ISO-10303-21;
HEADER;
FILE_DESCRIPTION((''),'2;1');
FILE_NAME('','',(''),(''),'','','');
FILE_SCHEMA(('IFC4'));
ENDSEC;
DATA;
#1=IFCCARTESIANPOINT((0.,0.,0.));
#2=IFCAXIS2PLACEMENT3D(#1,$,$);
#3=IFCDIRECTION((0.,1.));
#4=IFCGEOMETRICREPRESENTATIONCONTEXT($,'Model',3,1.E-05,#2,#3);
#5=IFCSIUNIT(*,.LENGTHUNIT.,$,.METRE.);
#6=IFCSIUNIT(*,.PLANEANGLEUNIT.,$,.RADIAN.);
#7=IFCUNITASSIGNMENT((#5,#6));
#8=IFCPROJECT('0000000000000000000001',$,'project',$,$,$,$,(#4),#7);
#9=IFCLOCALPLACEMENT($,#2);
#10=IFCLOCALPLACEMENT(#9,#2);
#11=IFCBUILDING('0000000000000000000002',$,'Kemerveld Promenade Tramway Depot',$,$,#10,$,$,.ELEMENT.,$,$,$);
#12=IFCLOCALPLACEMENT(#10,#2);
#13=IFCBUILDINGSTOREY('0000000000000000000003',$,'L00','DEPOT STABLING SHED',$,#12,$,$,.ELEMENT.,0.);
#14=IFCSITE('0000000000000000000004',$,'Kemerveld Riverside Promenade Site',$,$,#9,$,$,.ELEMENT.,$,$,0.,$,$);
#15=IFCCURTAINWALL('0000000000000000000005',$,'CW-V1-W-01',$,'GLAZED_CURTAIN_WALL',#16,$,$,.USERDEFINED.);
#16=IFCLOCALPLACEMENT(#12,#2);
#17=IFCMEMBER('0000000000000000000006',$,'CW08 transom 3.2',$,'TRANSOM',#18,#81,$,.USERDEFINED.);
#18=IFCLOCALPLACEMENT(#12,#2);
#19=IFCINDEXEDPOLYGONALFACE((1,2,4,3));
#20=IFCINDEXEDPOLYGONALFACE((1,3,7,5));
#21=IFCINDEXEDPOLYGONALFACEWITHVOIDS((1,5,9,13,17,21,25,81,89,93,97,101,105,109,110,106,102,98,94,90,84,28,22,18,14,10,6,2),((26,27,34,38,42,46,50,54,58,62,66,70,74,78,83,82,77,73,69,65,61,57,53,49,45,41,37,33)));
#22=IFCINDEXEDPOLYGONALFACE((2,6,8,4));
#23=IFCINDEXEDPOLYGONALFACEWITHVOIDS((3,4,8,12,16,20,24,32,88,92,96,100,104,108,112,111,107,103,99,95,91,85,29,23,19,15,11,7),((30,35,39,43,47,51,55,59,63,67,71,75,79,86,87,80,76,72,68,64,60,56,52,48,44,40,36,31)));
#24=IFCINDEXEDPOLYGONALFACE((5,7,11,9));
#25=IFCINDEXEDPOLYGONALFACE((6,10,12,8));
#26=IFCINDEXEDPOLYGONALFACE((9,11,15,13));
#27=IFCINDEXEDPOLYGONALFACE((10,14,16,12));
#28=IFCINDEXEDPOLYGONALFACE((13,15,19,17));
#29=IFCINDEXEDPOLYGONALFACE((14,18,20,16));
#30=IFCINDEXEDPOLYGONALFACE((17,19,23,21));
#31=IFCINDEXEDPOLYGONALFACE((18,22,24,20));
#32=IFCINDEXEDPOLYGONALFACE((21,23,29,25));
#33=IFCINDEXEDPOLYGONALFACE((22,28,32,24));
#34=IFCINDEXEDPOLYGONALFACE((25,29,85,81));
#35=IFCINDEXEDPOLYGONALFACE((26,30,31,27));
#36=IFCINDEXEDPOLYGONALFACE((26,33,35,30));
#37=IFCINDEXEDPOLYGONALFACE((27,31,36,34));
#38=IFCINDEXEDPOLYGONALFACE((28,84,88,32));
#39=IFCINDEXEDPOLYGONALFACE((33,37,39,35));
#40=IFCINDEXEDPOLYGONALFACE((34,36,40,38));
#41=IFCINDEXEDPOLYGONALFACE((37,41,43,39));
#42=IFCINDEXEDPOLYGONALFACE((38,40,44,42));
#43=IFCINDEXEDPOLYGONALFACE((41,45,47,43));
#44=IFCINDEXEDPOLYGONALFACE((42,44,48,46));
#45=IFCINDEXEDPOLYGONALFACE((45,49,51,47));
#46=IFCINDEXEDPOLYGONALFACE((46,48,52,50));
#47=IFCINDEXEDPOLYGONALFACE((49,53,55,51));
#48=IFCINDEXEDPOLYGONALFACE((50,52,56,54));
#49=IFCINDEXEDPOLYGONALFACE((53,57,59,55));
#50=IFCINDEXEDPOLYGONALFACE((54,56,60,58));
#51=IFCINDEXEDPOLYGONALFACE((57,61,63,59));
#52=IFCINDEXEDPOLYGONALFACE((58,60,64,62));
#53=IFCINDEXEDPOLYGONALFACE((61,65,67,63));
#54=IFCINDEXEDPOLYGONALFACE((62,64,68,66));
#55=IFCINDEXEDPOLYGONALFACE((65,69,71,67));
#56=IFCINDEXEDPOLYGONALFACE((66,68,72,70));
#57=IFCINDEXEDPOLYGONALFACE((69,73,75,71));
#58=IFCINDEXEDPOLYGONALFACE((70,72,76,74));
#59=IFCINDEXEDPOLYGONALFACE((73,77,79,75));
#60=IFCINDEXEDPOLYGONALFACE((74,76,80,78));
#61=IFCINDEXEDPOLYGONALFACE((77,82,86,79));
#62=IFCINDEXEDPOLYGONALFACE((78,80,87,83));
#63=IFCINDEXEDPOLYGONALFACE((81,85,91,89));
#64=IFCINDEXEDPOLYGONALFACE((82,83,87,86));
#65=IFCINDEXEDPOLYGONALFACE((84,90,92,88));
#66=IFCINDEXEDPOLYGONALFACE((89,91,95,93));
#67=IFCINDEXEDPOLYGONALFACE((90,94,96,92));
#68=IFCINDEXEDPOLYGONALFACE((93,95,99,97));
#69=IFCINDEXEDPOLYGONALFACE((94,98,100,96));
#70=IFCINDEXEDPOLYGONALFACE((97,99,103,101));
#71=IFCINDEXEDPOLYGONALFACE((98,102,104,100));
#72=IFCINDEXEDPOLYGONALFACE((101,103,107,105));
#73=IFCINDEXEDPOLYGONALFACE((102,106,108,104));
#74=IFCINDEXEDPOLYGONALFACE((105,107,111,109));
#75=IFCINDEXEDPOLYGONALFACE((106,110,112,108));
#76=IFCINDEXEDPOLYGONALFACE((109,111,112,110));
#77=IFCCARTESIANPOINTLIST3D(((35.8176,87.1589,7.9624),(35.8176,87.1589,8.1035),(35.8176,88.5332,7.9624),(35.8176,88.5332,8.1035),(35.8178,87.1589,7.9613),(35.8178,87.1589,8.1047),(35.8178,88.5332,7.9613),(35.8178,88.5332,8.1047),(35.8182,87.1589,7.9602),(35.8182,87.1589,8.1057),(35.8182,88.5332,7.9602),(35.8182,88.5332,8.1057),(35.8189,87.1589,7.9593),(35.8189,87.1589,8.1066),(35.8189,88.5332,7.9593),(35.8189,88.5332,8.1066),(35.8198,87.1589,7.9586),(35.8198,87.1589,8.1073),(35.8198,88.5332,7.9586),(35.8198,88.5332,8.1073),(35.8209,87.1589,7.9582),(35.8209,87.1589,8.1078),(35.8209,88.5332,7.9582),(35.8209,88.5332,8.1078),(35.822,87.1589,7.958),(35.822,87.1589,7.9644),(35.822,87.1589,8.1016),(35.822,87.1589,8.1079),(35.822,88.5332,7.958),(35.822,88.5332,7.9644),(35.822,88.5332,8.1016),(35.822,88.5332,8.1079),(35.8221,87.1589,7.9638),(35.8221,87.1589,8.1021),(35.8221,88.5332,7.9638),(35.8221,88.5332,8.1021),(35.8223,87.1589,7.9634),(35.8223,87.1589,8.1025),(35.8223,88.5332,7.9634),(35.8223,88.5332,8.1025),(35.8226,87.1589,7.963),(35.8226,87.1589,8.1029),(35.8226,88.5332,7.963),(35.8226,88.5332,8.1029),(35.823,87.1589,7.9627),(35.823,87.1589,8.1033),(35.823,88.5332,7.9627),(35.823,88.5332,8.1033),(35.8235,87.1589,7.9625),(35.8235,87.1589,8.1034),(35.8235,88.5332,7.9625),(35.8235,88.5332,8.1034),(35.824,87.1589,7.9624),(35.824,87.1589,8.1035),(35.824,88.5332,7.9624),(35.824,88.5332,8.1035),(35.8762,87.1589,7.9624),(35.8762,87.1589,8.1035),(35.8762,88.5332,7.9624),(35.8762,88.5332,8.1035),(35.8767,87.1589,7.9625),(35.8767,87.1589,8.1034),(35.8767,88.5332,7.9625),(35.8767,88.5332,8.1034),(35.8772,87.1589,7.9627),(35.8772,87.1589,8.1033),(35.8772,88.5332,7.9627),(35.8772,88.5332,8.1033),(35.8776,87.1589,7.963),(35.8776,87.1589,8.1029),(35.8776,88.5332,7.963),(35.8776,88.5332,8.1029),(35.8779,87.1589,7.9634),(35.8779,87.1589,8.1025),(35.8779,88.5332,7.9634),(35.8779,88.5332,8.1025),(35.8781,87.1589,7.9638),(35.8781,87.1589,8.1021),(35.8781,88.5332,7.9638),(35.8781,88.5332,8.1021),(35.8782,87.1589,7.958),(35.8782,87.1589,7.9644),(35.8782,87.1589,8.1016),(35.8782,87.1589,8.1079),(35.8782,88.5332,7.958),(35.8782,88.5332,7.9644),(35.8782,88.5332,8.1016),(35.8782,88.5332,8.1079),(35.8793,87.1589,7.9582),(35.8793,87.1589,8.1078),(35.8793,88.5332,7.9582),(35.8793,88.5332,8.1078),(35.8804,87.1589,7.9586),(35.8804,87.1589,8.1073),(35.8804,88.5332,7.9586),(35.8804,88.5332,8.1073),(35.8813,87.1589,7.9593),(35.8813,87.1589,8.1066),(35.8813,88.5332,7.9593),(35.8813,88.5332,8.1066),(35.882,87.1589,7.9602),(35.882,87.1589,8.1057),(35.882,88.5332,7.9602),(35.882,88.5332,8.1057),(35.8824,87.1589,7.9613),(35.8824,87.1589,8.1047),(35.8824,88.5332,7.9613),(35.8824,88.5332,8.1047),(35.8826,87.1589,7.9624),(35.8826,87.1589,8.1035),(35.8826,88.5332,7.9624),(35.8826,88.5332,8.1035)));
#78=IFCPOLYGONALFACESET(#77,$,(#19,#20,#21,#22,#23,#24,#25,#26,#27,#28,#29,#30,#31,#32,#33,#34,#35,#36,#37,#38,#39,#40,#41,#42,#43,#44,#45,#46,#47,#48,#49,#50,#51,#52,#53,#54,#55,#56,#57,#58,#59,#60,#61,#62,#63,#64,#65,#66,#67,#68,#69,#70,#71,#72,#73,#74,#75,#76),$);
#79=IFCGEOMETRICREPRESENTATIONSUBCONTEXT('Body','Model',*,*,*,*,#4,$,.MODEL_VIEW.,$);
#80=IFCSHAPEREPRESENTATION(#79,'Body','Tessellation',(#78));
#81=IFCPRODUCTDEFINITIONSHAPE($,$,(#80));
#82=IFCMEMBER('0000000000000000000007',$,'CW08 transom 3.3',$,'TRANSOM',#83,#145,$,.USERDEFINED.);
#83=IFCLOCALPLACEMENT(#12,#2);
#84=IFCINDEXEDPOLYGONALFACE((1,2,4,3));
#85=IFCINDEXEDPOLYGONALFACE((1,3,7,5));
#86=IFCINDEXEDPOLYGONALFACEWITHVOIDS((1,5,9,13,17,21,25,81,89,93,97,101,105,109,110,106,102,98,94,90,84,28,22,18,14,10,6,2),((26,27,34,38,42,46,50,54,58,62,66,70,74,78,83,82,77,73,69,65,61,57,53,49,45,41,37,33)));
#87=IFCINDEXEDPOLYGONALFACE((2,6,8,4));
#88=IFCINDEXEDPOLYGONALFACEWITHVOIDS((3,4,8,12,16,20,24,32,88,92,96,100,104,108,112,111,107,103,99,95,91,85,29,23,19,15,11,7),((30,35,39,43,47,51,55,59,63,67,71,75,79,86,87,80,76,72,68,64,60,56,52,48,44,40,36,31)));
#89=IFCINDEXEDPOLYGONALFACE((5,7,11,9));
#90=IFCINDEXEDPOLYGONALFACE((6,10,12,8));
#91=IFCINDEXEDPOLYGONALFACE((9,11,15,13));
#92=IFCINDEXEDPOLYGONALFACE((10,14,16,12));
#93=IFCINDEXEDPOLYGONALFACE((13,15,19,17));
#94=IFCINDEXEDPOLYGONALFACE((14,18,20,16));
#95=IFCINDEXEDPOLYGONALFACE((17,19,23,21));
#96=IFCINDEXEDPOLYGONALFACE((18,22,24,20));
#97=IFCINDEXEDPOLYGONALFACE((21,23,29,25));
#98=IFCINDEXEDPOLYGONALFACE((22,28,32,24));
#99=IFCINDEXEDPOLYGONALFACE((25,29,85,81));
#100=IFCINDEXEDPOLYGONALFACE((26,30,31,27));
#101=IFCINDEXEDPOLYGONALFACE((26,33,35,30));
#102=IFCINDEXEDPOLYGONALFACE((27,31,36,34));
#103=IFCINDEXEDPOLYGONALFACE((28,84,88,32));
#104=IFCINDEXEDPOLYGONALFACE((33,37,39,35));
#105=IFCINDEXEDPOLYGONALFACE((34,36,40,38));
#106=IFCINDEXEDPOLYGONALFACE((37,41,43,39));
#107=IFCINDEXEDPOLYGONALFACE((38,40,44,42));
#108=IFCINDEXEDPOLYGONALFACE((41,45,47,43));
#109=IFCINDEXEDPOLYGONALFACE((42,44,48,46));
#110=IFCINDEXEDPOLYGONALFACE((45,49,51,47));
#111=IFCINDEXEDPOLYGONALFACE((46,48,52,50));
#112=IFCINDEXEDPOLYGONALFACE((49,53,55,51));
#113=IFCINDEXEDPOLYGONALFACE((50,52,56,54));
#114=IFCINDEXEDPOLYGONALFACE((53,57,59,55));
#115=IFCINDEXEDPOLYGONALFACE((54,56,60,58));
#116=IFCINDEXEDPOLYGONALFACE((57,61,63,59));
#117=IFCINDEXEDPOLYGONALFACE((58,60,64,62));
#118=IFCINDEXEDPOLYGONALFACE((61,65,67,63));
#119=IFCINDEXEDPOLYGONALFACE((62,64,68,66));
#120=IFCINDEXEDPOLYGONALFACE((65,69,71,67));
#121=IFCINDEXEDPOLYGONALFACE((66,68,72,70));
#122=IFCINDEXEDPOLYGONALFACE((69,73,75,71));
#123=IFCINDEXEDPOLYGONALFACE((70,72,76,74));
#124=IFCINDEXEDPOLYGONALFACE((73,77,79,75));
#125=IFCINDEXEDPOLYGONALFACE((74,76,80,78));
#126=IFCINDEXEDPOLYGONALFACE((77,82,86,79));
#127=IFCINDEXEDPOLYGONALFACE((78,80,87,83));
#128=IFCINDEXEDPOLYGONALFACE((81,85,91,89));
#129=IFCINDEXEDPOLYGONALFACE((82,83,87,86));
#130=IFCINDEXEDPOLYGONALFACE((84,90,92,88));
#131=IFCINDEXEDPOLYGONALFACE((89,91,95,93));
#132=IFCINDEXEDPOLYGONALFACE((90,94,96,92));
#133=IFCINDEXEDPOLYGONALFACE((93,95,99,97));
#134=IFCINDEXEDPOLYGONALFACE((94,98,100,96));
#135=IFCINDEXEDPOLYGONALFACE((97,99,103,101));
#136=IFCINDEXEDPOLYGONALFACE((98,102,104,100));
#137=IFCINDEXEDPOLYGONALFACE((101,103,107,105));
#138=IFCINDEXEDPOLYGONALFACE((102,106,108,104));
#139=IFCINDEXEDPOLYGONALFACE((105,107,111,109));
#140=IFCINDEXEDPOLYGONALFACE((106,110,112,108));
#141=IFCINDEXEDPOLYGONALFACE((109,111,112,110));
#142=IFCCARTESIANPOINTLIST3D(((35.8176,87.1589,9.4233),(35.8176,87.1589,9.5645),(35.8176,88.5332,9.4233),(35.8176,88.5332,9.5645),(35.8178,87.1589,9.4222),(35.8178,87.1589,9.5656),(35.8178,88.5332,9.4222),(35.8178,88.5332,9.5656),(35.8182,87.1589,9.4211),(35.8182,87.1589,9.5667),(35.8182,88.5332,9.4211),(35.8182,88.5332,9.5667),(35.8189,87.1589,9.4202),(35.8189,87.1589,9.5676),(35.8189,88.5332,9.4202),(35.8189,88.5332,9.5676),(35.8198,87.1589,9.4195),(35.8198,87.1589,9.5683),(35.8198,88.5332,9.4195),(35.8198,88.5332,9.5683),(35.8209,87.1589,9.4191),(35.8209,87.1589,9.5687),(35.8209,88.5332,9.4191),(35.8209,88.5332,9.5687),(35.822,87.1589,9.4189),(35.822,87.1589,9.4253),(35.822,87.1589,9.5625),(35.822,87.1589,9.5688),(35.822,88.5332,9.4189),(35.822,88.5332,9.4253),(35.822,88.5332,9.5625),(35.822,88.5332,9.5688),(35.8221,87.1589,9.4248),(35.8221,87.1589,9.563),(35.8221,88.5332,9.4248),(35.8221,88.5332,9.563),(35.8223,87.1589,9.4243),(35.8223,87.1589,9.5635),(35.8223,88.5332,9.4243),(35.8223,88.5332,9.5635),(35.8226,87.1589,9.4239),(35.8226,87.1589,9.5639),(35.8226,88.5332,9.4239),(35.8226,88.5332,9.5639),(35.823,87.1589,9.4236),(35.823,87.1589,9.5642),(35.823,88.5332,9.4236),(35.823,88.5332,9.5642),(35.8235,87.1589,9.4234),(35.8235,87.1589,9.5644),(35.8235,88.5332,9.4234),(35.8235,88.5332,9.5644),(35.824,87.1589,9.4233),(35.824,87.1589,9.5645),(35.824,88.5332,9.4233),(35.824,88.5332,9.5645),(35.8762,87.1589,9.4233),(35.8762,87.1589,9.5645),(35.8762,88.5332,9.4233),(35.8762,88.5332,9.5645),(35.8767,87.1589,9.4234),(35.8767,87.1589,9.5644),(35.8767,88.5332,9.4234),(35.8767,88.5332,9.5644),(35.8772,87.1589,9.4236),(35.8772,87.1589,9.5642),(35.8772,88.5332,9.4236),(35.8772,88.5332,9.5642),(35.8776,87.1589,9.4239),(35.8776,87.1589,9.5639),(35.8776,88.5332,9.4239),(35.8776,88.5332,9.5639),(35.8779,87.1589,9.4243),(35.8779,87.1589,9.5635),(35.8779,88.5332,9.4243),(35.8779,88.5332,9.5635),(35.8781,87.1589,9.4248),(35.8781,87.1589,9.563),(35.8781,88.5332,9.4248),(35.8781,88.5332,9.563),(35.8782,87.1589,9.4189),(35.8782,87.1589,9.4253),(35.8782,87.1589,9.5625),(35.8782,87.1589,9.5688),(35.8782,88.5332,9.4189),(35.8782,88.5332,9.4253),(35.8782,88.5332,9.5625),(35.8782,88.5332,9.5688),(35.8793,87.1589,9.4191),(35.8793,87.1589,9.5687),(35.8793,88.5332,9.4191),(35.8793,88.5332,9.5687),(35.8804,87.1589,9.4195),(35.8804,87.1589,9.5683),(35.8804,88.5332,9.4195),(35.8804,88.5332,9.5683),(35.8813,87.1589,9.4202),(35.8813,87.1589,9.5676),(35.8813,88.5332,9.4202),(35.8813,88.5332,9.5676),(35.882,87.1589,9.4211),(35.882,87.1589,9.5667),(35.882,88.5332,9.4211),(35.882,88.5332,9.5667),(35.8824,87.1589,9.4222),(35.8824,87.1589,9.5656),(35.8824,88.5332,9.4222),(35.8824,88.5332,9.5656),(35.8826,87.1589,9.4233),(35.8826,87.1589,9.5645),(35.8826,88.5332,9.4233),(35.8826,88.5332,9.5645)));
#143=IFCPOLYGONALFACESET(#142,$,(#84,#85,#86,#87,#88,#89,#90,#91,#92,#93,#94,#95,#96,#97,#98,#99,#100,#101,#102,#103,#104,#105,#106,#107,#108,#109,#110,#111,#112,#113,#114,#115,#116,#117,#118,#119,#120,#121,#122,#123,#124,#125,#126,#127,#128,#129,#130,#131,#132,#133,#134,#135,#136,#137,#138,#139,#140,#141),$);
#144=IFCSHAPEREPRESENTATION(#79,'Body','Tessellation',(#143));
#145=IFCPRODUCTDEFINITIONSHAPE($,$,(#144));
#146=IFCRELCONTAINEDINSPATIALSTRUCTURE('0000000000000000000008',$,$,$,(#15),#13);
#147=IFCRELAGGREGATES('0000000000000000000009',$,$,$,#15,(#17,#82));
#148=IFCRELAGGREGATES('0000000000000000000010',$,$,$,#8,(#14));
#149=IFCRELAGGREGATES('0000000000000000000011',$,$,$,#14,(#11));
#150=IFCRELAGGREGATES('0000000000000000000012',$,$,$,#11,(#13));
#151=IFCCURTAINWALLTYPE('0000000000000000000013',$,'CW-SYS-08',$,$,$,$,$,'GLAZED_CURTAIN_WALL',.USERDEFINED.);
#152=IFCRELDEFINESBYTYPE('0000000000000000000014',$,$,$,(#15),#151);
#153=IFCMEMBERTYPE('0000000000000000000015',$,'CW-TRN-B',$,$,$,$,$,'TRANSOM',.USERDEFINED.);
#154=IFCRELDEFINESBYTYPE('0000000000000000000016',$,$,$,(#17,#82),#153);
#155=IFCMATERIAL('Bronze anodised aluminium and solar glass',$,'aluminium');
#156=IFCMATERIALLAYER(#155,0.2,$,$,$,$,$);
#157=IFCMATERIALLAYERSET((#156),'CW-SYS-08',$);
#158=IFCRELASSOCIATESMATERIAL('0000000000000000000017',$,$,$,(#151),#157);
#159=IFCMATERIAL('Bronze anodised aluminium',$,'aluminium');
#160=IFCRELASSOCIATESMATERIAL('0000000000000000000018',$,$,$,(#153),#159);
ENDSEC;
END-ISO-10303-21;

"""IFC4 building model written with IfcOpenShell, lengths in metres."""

from ifc_helpers import new_model, si_unit, direction, frame, origin, origin_2d, place, context, subcontext, project, spatial, hollow_rectangle, extrude, material, layer, layer_set, material_profile, profile_set, type_object, element, aggregate, save


model = new_model("IFC4")

# Units and contexts
model_context = context("Model", 3, precision=1e-05, world=origin(), true_north=direction((0.0, 1.0)))
body_context = subcontext(model_context, "Body", "Model", "MODEL_VIEW")
ifc_project = project(units=[si_unit("LENGTHUNIT", "METRE"), si_unit("PLANEANGLEUNIT", "RADIAN")], contexts=[model_context])

# Site, building, storey
site_placement = place(None, origin())
site = spatial("IfcSite", under=ifc_project, at=site_placement, Name="Kemerveld Riverside Promenade Site", CompositionType="ELEMENT", RefElevation=0.0)
building_placement = place(site_placement, origin())
building = spatial("IfcBuilding", under=site, at=building_placement, Name="Kemerveld Promenade Tramway Depot", CompositionType="ELEMENT")
storey_placement = place(building_placement, origin())
storey = spatial("IfcBuildingStorey", under=building, at=storey_placement, Name="L00", Description="DEPOT STABLING SHED", CompositionType="ELEMENT", Elevation=0.0)

# Curtain wall, members
ifc_material_1 = material(Name="Bronze anodised aluminium and solar glass", Category="aluminium")
ifc_layer_1 = layer(ifc_material_1, 0.2)
ifc_layer_set_1 = layer_set([ifc_layer_1], Name="CW-SYS-08")
curtain_wall_type = type_object("IfcCurtainWallType", Name="CW-SYS-08", ElementType="GLAZED_CURTAIN_WALL", PredefinedType="USERDEFINED", material=ifc_layer_set_1)
curtain_wall_placement = place(storey_placement, origin())
curtain_wall = element("IfcCurtainWall", 1, at=curtain_wall_placement, inside=storey, type_object=curtain_wall_type, Name="CW-V1-W-01", ObjectType="GLAZED_CURTAIN_WALL", PredefinedType="USERDEFINED")
ifc_material_2 = material(Name="Bronze anodised aluminium", Category="aluminium")
ifc_material_profile_1 = material_profile(ifc_material_2, hollow_rectangle(XDim=0.0649, YDim=0.1499, WallThickness=0.0044, InnerFilletRadius=0.002, OuterFilletRadius=0.0044, at=origin_2d()), Name="CW-TRN-150x65")
ifc_profile_set_1 = profile_set([ifc_material_profile_1], Name="Bronze anodised aluminium")
member_type_1 = type_object("IfcMemberType", Name="CW-TRN-B", ElementType="TRANSOM", PredefinedType="USERDEFINED", material=ifc_profile_set_1)
member_1_placement = place(storey_placement, frame((35.8501, 87.1589, 8.033), z_axis=(0.0, 1.0, 0.0), x_axis=(-1.0, 0.0, 0.0)))
member_1 = element("IfcMember", 2, at=member_1_placement, type_object=member_type_1, Name="CW08 transom 3.2", ObjectType="TRANSOM", PredefinedType="USERDEFINED", context=body_context, shape_type="SweptSolid", body=[
    extrude(hollow_rectangle(XDim=0.0649, YDim=0.1499, WallThickness=0.0044, InnerFilletRadius=0.002, OuterFilletRadius=0.0044, at=origin_2d()), origin(), (0.0, 0.0, 1.0), 1.3743),
])
member_2_placement = place(storey_placement, frame((35.8501, 87.1589, 9.4939), z_axis=(0.0, 1.0, 0.0), x_axis=(-1.0, 0.0, 0.0)))
member_2 = element("IfcMember", 3, at=member_2_placement, type_object=member_type_1, Name="CW08 transom 3.3", ObjectType="TRANSOM", PredefinedType="USERDEFINED", context=body_context, shape_type="SweptSolid", body=[
    extrude(hollow_rectangle(XDim=0.0649, YDim=0.1499, WallThickness=0.0044, InnerFilletRadius=0.002, OuterFilletRadius=0.0044, at=origin_2d()), origin(), (0.0, 0.0, 1.0), 1.3743),
])
aggregate(curtain_wall, [member_1, member_2])

save(model, "model.ifc")
